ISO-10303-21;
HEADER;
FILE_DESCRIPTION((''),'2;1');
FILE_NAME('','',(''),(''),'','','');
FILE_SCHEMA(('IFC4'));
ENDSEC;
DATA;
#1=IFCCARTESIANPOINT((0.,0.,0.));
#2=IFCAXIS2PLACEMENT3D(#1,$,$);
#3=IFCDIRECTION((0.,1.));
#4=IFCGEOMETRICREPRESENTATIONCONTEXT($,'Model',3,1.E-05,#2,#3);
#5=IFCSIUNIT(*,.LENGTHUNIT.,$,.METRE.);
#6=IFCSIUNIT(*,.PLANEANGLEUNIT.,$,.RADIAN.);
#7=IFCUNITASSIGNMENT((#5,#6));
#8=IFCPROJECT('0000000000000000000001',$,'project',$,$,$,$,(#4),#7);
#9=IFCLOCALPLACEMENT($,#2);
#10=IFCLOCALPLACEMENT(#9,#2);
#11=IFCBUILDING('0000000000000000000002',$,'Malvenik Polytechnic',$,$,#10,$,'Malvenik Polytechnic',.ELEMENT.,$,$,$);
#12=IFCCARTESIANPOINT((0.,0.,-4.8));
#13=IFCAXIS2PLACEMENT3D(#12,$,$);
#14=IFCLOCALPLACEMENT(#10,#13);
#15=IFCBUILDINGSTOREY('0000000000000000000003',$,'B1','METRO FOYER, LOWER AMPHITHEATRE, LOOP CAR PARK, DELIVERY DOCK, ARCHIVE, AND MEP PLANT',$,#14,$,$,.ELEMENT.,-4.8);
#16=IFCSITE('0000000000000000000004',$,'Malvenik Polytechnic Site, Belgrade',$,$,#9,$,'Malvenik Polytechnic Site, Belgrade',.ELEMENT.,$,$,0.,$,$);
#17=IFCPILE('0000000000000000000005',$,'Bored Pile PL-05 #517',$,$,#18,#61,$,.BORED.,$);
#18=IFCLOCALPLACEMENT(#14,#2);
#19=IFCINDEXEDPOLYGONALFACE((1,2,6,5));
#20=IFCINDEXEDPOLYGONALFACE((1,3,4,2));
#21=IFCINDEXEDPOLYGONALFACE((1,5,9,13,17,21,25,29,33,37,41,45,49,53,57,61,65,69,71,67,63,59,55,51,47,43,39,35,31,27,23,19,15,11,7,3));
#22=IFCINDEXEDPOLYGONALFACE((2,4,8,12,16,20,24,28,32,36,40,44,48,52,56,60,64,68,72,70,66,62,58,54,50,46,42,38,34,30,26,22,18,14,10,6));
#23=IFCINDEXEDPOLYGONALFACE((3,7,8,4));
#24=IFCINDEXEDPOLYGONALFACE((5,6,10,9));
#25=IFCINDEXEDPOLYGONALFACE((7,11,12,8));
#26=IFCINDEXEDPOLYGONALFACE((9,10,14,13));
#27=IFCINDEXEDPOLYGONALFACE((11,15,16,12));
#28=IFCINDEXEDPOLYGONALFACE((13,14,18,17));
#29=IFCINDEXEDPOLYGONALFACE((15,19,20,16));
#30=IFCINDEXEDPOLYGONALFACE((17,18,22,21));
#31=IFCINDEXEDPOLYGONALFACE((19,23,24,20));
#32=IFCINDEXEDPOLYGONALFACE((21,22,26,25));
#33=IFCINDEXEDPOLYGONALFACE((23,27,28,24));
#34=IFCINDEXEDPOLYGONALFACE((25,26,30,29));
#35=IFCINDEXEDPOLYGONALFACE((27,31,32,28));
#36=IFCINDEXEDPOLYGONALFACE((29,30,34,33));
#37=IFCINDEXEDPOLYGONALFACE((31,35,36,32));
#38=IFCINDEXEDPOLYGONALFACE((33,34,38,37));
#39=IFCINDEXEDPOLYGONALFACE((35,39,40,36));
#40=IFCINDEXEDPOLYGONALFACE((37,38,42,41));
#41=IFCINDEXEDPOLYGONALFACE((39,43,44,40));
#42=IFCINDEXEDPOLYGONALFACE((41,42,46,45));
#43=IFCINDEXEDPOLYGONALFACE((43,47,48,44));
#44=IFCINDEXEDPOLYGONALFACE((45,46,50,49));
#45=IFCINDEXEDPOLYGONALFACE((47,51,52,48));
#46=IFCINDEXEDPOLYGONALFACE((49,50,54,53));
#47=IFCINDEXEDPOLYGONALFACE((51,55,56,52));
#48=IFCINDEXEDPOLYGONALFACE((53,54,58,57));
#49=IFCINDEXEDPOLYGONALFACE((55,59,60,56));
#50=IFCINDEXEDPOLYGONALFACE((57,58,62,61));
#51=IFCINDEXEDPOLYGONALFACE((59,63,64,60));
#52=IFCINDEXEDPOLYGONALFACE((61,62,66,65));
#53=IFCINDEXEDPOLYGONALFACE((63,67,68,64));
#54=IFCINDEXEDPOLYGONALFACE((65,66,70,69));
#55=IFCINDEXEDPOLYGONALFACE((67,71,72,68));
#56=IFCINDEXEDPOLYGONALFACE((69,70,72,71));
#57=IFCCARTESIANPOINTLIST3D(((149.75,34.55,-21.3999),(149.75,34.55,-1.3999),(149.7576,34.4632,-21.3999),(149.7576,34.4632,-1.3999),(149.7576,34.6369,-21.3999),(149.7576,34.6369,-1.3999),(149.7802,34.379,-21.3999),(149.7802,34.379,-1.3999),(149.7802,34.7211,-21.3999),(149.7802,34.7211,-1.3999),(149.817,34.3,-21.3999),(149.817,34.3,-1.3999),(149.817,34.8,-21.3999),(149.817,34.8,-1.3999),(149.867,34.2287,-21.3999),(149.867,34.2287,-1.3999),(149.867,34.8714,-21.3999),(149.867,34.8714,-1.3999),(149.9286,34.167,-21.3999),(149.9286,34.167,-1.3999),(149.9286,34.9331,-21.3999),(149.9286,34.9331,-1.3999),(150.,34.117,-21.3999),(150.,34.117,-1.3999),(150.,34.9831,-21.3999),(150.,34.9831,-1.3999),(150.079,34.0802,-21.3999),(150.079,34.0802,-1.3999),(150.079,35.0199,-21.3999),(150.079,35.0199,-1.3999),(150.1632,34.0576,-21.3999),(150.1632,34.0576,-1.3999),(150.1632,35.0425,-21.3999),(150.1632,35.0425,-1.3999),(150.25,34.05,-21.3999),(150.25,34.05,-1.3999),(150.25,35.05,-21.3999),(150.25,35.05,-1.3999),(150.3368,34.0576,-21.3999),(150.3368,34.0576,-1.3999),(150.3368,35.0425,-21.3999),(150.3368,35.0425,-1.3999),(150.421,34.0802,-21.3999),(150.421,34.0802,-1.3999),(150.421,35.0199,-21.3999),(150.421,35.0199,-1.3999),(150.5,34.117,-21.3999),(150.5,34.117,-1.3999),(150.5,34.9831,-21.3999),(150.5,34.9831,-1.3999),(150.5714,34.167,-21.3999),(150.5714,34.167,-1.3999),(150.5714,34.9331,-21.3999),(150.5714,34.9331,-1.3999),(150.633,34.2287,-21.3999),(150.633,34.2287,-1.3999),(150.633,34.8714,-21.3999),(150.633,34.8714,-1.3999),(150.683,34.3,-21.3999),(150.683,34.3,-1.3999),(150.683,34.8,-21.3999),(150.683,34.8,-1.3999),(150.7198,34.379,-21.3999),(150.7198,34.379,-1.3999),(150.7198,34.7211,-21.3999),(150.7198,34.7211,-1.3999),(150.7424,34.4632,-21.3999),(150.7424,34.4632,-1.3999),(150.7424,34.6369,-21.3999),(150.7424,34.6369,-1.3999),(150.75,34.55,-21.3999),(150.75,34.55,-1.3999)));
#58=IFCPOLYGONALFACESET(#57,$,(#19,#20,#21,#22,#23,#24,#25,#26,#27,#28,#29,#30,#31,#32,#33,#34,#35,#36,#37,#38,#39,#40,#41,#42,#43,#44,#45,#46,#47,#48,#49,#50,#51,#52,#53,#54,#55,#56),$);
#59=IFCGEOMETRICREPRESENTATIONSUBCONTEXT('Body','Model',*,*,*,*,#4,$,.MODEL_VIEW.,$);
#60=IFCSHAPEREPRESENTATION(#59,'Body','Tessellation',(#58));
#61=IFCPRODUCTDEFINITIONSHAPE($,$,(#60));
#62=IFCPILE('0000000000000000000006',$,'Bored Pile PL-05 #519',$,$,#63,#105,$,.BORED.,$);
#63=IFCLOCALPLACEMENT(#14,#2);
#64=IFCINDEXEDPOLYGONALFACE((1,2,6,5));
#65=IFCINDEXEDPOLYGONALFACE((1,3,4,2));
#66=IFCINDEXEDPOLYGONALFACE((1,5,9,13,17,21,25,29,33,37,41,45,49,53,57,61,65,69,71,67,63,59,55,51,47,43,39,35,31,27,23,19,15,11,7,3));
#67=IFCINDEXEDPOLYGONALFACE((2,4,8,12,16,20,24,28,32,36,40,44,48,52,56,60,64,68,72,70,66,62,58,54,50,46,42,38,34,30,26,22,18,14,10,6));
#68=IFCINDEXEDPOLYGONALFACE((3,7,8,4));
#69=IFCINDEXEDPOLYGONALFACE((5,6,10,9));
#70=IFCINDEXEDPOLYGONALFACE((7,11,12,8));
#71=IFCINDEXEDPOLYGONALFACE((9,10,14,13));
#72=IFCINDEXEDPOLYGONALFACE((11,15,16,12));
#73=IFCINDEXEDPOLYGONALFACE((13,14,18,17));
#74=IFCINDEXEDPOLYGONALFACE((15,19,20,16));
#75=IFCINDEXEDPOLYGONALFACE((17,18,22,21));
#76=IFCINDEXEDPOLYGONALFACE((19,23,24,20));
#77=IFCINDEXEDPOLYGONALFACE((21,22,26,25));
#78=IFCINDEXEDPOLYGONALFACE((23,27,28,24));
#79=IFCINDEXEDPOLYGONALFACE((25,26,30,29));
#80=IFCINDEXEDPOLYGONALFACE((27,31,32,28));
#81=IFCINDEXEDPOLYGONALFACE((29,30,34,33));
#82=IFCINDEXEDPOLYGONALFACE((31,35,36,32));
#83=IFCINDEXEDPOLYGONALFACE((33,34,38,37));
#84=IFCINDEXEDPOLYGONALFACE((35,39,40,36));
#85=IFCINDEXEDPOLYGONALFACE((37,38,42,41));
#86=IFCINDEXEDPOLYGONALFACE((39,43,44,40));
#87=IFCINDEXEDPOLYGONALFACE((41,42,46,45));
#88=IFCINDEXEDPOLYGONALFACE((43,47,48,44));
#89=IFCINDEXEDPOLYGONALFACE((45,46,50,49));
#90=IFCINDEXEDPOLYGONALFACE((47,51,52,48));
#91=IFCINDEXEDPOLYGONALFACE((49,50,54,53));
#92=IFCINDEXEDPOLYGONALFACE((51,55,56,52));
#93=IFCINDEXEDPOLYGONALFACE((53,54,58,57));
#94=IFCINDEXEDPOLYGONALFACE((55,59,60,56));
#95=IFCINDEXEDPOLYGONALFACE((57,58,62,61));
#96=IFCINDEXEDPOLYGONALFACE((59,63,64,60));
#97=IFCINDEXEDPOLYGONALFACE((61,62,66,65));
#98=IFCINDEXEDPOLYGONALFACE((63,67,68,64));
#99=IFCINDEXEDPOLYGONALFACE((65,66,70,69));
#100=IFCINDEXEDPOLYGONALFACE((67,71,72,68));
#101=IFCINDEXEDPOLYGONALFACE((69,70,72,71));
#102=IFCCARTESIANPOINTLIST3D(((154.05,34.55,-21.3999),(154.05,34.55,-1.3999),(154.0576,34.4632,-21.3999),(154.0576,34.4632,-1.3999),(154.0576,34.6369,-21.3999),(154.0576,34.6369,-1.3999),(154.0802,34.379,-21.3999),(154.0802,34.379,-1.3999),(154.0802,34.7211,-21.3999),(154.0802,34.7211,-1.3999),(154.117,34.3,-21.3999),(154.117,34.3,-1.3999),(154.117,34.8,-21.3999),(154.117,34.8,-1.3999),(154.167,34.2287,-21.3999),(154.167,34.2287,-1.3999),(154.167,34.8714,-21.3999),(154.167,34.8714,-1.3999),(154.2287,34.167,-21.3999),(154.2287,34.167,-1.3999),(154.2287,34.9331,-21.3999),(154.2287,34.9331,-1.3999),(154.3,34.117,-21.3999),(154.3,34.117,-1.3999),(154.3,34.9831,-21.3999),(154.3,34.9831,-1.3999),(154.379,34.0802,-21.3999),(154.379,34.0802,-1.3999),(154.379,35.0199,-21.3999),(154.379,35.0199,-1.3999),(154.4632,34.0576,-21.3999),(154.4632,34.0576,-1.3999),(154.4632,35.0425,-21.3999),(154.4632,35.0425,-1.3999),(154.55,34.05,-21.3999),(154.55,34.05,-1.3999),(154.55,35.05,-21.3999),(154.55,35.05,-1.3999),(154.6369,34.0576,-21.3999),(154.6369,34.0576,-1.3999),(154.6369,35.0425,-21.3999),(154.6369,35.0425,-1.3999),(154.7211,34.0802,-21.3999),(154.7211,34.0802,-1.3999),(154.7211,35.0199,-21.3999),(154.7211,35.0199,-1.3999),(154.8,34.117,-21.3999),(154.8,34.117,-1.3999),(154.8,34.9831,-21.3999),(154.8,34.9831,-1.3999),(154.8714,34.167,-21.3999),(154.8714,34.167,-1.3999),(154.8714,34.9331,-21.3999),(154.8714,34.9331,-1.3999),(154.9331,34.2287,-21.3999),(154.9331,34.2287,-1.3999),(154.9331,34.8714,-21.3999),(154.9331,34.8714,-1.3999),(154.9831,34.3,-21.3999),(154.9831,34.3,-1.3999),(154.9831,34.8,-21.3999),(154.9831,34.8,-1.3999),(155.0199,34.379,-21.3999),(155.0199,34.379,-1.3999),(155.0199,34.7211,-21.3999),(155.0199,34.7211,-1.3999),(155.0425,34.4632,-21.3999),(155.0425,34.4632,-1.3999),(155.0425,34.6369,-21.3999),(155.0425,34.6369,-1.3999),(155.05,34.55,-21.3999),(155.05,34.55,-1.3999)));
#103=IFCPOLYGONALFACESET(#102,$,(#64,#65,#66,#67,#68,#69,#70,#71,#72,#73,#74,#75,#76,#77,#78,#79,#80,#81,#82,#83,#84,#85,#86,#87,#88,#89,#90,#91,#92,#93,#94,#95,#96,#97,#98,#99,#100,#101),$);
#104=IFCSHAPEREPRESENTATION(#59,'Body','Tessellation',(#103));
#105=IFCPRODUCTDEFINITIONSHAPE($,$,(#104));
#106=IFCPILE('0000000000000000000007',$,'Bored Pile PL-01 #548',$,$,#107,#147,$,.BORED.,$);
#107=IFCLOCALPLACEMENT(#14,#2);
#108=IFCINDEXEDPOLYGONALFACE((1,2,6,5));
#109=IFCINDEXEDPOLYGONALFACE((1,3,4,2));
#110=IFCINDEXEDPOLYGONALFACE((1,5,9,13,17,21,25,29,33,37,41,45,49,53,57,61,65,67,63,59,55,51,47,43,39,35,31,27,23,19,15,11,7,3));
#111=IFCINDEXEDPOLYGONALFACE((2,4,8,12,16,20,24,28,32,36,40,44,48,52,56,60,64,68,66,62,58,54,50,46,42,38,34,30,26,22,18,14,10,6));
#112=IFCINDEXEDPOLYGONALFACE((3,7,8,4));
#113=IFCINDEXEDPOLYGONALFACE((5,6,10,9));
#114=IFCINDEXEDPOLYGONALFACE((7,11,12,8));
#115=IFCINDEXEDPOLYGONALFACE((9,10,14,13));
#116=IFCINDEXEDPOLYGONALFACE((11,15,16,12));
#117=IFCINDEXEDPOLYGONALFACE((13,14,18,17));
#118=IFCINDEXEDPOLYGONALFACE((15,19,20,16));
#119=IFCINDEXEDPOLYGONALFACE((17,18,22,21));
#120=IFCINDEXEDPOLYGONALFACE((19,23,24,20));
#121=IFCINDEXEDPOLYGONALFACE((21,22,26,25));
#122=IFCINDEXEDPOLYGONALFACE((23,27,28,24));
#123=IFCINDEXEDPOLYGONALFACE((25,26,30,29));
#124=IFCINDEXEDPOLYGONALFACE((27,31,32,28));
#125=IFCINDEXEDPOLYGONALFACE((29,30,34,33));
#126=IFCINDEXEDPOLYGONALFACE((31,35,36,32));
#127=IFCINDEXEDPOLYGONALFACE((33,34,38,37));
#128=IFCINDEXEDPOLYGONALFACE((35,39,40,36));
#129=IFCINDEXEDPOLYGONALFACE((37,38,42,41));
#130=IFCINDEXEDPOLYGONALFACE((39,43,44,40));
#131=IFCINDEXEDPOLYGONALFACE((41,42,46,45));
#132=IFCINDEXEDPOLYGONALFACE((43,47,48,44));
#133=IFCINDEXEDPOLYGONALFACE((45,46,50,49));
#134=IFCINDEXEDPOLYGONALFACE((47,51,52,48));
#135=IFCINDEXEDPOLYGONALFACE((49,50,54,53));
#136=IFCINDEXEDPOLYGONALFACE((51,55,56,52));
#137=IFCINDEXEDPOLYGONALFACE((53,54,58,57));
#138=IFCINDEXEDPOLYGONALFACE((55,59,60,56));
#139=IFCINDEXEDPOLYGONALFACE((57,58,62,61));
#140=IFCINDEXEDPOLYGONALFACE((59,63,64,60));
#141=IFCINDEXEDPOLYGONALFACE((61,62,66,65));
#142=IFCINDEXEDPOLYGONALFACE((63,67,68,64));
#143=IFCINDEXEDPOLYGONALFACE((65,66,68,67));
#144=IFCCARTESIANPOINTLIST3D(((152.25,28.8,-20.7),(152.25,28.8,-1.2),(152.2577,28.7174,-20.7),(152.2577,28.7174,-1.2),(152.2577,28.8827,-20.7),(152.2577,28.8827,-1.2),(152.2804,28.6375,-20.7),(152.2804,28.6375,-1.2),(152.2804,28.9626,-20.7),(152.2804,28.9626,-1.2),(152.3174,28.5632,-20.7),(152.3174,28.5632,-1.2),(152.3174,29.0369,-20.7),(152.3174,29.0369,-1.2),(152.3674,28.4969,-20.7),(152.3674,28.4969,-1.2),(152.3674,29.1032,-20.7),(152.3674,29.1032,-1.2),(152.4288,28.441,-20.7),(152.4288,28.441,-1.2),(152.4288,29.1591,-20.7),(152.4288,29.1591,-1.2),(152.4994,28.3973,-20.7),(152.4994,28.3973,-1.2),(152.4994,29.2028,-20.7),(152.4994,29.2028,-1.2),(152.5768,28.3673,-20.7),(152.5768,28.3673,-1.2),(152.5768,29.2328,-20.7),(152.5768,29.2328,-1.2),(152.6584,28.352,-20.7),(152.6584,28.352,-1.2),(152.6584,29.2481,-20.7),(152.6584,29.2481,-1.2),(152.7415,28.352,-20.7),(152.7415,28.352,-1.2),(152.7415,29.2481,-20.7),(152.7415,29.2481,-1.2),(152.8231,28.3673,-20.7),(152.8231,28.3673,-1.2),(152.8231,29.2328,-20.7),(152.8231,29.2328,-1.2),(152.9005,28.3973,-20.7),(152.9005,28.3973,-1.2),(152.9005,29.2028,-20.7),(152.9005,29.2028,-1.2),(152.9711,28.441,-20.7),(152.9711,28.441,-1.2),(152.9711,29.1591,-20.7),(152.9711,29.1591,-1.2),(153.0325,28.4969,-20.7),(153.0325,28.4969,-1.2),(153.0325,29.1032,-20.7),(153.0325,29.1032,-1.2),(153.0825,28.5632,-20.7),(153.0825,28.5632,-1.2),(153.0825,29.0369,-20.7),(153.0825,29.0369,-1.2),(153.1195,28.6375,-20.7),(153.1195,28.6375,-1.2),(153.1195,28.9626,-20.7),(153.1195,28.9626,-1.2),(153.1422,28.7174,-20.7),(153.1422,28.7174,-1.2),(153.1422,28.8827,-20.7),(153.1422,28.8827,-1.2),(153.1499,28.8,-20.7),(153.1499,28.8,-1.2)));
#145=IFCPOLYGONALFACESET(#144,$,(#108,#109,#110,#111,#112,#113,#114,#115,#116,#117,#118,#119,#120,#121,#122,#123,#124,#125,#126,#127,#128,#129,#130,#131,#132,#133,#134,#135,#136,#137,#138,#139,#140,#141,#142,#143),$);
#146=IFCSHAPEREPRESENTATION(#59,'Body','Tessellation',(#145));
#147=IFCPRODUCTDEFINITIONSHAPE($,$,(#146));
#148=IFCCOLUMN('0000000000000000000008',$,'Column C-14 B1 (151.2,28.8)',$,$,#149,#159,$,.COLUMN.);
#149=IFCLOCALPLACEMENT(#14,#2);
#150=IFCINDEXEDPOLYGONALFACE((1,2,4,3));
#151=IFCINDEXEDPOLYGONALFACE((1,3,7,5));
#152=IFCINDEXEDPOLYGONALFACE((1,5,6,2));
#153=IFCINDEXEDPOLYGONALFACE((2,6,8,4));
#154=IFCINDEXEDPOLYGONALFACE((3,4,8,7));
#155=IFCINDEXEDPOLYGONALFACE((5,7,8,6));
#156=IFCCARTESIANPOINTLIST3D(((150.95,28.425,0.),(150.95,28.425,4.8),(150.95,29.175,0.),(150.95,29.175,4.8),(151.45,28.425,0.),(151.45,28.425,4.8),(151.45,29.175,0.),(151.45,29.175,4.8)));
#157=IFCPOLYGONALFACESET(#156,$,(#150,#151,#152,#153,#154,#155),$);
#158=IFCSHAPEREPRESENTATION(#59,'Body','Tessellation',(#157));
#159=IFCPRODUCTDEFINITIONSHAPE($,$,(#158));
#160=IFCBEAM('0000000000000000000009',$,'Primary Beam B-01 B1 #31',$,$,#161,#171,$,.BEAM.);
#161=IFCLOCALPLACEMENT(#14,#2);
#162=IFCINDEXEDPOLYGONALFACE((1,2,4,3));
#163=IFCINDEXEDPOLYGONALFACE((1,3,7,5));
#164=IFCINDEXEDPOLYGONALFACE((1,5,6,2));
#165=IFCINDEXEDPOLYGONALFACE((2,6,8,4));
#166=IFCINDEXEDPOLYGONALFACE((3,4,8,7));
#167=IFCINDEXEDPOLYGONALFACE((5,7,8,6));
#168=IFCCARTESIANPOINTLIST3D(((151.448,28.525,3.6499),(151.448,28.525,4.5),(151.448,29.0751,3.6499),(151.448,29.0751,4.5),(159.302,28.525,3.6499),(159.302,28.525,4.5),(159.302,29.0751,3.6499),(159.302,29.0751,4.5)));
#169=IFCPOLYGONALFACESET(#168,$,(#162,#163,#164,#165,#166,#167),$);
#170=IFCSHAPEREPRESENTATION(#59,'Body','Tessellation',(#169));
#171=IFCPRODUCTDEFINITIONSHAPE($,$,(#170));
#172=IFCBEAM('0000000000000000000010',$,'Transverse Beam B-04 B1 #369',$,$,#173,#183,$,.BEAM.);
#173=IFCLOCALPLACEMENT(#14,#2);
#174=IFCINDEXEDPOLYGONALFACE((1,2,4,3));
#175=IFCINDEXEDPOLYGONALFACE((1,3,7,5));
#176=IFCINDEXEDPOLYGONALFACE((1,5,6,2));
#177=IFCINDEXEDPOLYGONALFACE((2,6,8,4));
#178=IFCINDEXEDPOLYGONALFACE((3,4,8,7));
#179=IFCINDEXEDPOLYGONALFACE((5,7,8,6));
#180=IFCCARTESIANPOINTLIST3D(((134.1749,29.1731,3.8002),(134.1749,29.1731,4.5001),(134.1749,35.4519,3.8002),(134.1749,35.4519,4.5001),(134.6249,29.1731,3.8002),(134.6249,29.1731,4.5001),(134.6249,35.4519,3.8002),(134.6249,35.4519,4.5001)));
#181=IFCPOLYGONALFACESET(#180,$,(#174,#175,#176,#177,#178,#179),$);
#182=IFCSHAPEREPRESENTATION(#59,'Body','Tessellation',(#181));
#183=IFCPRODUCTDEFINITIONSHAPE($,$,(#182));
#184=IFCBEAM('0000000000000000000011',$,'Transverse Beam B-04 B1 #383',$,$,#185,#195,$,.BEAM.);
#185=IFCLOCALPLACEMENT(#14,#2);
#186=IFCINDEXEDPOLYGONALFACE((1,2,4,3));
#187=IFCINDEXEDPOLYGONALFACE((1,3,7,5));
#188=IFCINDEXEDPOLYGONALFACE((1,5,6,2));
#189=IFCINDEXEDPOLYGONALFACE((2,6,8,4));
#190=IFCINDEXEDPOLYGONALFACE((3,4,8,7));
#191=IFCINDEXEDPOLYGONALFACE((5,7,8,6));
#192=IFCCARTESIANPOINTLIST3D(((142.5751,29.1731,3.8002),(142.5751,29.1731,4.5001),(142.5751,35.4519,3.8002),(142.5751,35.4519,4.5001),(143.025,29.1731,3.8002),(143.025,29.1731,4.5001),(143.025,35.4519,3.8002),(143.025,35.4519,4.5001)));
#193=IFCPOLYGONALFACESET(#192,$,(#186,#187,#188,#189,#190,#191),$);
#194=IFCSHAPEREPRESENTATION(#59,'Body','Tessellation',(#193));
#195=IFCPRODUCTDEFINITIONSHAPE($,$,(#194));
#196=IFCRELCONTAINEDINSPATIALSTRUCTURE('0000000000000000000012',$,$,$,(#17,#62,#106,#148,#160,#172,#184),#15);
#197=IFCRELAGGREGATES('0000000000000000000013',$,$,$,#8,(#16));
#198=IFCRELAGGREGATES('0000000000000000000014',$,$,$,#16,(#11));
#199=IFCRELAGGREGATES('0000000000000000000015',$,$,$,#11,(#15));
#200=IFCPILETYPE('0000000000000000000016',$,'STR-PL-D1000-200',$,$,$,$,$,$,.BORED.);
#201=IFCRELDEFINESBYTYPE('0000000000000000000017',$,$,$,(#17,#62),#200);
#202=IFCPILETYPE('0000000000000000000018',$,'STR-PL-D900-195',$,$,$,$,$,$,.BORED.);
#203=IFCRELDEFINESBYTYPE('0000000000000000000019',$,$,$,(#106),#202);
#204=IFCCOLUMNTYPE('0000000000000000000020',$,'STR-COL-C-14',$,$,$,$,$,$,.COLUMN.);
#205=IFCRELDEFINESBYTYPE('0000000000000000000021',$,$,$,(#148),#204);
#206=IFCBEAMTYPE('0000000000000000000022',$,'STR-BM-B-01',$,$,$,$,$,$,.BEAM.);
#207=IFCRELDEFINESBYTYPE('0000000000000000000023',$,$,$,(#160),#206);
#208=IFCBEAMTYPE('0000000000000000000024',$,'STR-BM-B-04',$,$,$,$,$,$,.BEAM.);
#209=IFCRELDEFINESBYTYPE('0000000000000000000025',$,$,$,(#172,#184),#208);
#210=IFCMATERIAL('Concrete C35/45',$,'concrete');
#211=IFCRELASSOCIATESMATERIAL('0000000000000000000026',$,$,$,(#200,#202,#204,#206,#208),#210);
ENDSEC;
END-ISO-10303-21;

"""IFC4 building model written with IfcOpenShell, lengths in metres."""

from ifc_helpers import new_model, si_unit, direction, frame, origin, origin_2d, place, context, subcontext, project, spatial, rectangle, circle, extrude, material, material_profile, profile_set, type_object, element, save


model = new_model("IFC4")

# Units and contexts
model_context = context("Model", 3, precision=1e-05, world=origin(), true_north=direction((0.0, 1.0)))
body_context = subcontext(model_context, "Body", "Model", "MODEL_VIEW")
ifc_project = project(units=[si_unit("LENGTHUNIT", "METRE"), si_unit("PLANEANGLEUNIT", "RADIAN")], contexts=[model_context])

# Site, building, storey
site_placement = place(None, origin())
site = spatial("IfcSite", under=ifc_project, at=site_placement, Name="Malvenik Polytechnic Site, Belgrade", LongName="Malvenik Polytechnic Site, Belgrade", CompositionType="ELEMENT", RefElevation=0.0)
building_placement = place(site_placement, origin())
building = spatial("IfcBuilding", under=site, at=building_placement, Name="Malvenik Polytechnic", LongName="Malvenik Polytechnic", CompositionType="ELEMENT")
storey_placement = place(building_placement, frame((0.0, 0.0, -4.8)))
storey = spatial("IfcBuildingStorey", under=building, at=storey_placement, Name="B1", Description="METRO FOYER, LOWER AMPHITHEATRE, LOOP CAR PARK, DELIVERY DOCK, ARCHIVE, AND MEP PLANT", CompositionType="ELEMENT", Elevation=-4.8)

# Shared definitions
ifc_material_1 = material(Name="Concrete C35/45", Category="concrete")

# Piles
ifc_material_profile_1 = material_profile(ifc_material_1, circle(Radius=0.5, at=origin_2d()), Name="BORED PILE D1000")
ifc_profile_set_1 = profile_set([ifc_material_profile_1], Name="Concrete C35/45")
pile_type_1 = type_object("IfcPileType", Name="STR-PL-D1000-200", PredefinedType="BORED", material=ifc_profile_set_1)
for number, where, z_axis, x_axis, name in (
    (1, (150.25, 34.55, -1.3999), (0.0, 0.0, -1.0), (1.0, 0.0, 0.0), "Bored Pile PL-05 #517"),
    (2, (154.55, 34.55, -1.3999), (0.0, 0.0, -1.0), (1.0, 0.0, 0.0), "Bored Pile PL-05 #519"),
):
    element("IfcPile", number, at=place(storey_placement, frame(where, z_axis=z_axis, x_axis=x_axis)), inside=storey, type_object=pile_type_1, Name=name, PredefinedType="BORED", context=body_context, shape_type="SweptSolid", body=[
        extrude(circle(Radius=0.5, at=origin_2d()), origin(), (0.0, 0.0, 1.0), 20.0),
    ])
ifc_material_profile_2 = material_profile(ifc_material_1, circle(Radius=0.45, at=origin_2d()), Name="BORED PILE D900")
ifc_profile_set_2 = profile_set([ifc_material_profile_2], Name="Concrete C35/45")
pile_type_2 = type_object("IfcPileType", Name="STR-PL-D900-195", PredefinedType="BORED", material=ifc_profile_set_2)
pile_placement = place(storey_placement, frame((152.7, 28.8, -1.2), z_axis=(0.0, 0.0, -1.0), x_axis=(1.0, 0.0, 0.0)))
element("IfcPile", 3, at=pile_placement, inside=storey, type_object=pile_type_2, Name="Bored Pile PL-01 #548", PredefinedType="BORED", context=body_context, shape_type="SweptSolid", body=[
    extrude(circle(Radius=0.45, at=origin_2d()), origin(), (0.0, 0.0, 1.0), 19.5),
])

# Column
ifc_material_profile_3 = material_profile(ifc_material_1, rectangle(XDim=0.5, YDim=0.75, at=origin_2d()), Name="RC COL 750x500")
ifc_profile_set_3 = profile_set([ifc_material_profile_3], Name="Concrete C35/45")
column_type = type_object("IfcColumnType", Name="STR-COL-C-14", PredefinedType="COLUMN", material=ifc_profile_set_3)
column_placement = place(storey_placement, frame((151.2, 28.8, 0.0), z_axis=(0.0, 0.0, 1.0), x_axis=(1.0, 0.0, 0.0)))
element("IfcColumn", 4, at=column_placement, inside=storey, type_object=column_type, Name="Column C-14 B1 (151.2,28.8)", PredefinedType="COLUMN", context=body_context, shape_type="SweptSolid", body=[
    extrude(rectangle(XDim=0.5, YDim=0.75, at=origin_2d()), origin(), (0.0, 0.0, 1.0), 4.8),
])

# Beams
ifc_material_profile_4 = material_profile(ifc_material_1, rectangle(XDim=0.55, YDim=0.8501, at=origin_2d()), Name="RC BM 550x850")
ifc_profile_set_4 = profile_set([ifc_material_profile_4], Name="Concrete C35/45")
beam_type_1 = type_object("IfcBeamType", Name="STR-BM-B-01", PredefinedType="BEAM", material=ifc_profile_set_4)
beam_placement = place(storey_placement, frame((151.448, 28.8, 4.075), z_axis=(1.0, 0.0, 0.0), x_axis=(0.0, 1.0, 0.0)))
element("IfcBeam", 5, at=beam_placement, inside=storey, type_object=beam_type_1, Name="Primary Beam B-01 B1 #31", PredefinedType="BEAM", context=body_context, shape_type="SweptSolid", body=[
    extrude(rectangle(XDim=0.55, YDim=0.8501, at=origin_2d()), origin(), (0.0, 0.0, 1.0), 7.854),
])
ifc_material_profile_5 = material_profile(ifc_material_1, rectangle(XDim=0.45, YDim=0.7, at=origin_2d()), Name="RC BM 450x700")
ifc_profile_set_5 = profile_set([ifc_material_profile_5], Name="Concrete C35/45")
beam_type_2 = type_object("IfcBeamType", Name="STR-BM-B-04", PredefinedType="BEAM", material=ifc_profile_set_5)
for number, where, z_axis, x_axis, name in (
    (6, (134.3999, 29.1731, 4.1501), (0.0, 1.0, 0.0), (-1.0, 0.0, 0.0), "Transverse Beam B-04 B1 #369"),
    (7, (142.8, 29.1731, 4.1501), (0.0, 1.0, 0.0), (-1.0, 0.0, 0.0), "Transverse Beam B-04 B1 #383"),
):
    element("IfcBeam", number, at=place(storey_placement, frame(where, z_axis=z_axis, x_axis=x_axis)), inside=storey, type_object=beam_type_2, Name=name, PredefinedType="BEAM", context=body_context, shape_type="SweptSolid", body=[
        extrude(rectangle(XDim=0.45, YDim=0.7, at=origin_2d()), origin(), (0.0, 0.0, 1.0), 6.2788),
    ])

save(model, "model.ifc")
